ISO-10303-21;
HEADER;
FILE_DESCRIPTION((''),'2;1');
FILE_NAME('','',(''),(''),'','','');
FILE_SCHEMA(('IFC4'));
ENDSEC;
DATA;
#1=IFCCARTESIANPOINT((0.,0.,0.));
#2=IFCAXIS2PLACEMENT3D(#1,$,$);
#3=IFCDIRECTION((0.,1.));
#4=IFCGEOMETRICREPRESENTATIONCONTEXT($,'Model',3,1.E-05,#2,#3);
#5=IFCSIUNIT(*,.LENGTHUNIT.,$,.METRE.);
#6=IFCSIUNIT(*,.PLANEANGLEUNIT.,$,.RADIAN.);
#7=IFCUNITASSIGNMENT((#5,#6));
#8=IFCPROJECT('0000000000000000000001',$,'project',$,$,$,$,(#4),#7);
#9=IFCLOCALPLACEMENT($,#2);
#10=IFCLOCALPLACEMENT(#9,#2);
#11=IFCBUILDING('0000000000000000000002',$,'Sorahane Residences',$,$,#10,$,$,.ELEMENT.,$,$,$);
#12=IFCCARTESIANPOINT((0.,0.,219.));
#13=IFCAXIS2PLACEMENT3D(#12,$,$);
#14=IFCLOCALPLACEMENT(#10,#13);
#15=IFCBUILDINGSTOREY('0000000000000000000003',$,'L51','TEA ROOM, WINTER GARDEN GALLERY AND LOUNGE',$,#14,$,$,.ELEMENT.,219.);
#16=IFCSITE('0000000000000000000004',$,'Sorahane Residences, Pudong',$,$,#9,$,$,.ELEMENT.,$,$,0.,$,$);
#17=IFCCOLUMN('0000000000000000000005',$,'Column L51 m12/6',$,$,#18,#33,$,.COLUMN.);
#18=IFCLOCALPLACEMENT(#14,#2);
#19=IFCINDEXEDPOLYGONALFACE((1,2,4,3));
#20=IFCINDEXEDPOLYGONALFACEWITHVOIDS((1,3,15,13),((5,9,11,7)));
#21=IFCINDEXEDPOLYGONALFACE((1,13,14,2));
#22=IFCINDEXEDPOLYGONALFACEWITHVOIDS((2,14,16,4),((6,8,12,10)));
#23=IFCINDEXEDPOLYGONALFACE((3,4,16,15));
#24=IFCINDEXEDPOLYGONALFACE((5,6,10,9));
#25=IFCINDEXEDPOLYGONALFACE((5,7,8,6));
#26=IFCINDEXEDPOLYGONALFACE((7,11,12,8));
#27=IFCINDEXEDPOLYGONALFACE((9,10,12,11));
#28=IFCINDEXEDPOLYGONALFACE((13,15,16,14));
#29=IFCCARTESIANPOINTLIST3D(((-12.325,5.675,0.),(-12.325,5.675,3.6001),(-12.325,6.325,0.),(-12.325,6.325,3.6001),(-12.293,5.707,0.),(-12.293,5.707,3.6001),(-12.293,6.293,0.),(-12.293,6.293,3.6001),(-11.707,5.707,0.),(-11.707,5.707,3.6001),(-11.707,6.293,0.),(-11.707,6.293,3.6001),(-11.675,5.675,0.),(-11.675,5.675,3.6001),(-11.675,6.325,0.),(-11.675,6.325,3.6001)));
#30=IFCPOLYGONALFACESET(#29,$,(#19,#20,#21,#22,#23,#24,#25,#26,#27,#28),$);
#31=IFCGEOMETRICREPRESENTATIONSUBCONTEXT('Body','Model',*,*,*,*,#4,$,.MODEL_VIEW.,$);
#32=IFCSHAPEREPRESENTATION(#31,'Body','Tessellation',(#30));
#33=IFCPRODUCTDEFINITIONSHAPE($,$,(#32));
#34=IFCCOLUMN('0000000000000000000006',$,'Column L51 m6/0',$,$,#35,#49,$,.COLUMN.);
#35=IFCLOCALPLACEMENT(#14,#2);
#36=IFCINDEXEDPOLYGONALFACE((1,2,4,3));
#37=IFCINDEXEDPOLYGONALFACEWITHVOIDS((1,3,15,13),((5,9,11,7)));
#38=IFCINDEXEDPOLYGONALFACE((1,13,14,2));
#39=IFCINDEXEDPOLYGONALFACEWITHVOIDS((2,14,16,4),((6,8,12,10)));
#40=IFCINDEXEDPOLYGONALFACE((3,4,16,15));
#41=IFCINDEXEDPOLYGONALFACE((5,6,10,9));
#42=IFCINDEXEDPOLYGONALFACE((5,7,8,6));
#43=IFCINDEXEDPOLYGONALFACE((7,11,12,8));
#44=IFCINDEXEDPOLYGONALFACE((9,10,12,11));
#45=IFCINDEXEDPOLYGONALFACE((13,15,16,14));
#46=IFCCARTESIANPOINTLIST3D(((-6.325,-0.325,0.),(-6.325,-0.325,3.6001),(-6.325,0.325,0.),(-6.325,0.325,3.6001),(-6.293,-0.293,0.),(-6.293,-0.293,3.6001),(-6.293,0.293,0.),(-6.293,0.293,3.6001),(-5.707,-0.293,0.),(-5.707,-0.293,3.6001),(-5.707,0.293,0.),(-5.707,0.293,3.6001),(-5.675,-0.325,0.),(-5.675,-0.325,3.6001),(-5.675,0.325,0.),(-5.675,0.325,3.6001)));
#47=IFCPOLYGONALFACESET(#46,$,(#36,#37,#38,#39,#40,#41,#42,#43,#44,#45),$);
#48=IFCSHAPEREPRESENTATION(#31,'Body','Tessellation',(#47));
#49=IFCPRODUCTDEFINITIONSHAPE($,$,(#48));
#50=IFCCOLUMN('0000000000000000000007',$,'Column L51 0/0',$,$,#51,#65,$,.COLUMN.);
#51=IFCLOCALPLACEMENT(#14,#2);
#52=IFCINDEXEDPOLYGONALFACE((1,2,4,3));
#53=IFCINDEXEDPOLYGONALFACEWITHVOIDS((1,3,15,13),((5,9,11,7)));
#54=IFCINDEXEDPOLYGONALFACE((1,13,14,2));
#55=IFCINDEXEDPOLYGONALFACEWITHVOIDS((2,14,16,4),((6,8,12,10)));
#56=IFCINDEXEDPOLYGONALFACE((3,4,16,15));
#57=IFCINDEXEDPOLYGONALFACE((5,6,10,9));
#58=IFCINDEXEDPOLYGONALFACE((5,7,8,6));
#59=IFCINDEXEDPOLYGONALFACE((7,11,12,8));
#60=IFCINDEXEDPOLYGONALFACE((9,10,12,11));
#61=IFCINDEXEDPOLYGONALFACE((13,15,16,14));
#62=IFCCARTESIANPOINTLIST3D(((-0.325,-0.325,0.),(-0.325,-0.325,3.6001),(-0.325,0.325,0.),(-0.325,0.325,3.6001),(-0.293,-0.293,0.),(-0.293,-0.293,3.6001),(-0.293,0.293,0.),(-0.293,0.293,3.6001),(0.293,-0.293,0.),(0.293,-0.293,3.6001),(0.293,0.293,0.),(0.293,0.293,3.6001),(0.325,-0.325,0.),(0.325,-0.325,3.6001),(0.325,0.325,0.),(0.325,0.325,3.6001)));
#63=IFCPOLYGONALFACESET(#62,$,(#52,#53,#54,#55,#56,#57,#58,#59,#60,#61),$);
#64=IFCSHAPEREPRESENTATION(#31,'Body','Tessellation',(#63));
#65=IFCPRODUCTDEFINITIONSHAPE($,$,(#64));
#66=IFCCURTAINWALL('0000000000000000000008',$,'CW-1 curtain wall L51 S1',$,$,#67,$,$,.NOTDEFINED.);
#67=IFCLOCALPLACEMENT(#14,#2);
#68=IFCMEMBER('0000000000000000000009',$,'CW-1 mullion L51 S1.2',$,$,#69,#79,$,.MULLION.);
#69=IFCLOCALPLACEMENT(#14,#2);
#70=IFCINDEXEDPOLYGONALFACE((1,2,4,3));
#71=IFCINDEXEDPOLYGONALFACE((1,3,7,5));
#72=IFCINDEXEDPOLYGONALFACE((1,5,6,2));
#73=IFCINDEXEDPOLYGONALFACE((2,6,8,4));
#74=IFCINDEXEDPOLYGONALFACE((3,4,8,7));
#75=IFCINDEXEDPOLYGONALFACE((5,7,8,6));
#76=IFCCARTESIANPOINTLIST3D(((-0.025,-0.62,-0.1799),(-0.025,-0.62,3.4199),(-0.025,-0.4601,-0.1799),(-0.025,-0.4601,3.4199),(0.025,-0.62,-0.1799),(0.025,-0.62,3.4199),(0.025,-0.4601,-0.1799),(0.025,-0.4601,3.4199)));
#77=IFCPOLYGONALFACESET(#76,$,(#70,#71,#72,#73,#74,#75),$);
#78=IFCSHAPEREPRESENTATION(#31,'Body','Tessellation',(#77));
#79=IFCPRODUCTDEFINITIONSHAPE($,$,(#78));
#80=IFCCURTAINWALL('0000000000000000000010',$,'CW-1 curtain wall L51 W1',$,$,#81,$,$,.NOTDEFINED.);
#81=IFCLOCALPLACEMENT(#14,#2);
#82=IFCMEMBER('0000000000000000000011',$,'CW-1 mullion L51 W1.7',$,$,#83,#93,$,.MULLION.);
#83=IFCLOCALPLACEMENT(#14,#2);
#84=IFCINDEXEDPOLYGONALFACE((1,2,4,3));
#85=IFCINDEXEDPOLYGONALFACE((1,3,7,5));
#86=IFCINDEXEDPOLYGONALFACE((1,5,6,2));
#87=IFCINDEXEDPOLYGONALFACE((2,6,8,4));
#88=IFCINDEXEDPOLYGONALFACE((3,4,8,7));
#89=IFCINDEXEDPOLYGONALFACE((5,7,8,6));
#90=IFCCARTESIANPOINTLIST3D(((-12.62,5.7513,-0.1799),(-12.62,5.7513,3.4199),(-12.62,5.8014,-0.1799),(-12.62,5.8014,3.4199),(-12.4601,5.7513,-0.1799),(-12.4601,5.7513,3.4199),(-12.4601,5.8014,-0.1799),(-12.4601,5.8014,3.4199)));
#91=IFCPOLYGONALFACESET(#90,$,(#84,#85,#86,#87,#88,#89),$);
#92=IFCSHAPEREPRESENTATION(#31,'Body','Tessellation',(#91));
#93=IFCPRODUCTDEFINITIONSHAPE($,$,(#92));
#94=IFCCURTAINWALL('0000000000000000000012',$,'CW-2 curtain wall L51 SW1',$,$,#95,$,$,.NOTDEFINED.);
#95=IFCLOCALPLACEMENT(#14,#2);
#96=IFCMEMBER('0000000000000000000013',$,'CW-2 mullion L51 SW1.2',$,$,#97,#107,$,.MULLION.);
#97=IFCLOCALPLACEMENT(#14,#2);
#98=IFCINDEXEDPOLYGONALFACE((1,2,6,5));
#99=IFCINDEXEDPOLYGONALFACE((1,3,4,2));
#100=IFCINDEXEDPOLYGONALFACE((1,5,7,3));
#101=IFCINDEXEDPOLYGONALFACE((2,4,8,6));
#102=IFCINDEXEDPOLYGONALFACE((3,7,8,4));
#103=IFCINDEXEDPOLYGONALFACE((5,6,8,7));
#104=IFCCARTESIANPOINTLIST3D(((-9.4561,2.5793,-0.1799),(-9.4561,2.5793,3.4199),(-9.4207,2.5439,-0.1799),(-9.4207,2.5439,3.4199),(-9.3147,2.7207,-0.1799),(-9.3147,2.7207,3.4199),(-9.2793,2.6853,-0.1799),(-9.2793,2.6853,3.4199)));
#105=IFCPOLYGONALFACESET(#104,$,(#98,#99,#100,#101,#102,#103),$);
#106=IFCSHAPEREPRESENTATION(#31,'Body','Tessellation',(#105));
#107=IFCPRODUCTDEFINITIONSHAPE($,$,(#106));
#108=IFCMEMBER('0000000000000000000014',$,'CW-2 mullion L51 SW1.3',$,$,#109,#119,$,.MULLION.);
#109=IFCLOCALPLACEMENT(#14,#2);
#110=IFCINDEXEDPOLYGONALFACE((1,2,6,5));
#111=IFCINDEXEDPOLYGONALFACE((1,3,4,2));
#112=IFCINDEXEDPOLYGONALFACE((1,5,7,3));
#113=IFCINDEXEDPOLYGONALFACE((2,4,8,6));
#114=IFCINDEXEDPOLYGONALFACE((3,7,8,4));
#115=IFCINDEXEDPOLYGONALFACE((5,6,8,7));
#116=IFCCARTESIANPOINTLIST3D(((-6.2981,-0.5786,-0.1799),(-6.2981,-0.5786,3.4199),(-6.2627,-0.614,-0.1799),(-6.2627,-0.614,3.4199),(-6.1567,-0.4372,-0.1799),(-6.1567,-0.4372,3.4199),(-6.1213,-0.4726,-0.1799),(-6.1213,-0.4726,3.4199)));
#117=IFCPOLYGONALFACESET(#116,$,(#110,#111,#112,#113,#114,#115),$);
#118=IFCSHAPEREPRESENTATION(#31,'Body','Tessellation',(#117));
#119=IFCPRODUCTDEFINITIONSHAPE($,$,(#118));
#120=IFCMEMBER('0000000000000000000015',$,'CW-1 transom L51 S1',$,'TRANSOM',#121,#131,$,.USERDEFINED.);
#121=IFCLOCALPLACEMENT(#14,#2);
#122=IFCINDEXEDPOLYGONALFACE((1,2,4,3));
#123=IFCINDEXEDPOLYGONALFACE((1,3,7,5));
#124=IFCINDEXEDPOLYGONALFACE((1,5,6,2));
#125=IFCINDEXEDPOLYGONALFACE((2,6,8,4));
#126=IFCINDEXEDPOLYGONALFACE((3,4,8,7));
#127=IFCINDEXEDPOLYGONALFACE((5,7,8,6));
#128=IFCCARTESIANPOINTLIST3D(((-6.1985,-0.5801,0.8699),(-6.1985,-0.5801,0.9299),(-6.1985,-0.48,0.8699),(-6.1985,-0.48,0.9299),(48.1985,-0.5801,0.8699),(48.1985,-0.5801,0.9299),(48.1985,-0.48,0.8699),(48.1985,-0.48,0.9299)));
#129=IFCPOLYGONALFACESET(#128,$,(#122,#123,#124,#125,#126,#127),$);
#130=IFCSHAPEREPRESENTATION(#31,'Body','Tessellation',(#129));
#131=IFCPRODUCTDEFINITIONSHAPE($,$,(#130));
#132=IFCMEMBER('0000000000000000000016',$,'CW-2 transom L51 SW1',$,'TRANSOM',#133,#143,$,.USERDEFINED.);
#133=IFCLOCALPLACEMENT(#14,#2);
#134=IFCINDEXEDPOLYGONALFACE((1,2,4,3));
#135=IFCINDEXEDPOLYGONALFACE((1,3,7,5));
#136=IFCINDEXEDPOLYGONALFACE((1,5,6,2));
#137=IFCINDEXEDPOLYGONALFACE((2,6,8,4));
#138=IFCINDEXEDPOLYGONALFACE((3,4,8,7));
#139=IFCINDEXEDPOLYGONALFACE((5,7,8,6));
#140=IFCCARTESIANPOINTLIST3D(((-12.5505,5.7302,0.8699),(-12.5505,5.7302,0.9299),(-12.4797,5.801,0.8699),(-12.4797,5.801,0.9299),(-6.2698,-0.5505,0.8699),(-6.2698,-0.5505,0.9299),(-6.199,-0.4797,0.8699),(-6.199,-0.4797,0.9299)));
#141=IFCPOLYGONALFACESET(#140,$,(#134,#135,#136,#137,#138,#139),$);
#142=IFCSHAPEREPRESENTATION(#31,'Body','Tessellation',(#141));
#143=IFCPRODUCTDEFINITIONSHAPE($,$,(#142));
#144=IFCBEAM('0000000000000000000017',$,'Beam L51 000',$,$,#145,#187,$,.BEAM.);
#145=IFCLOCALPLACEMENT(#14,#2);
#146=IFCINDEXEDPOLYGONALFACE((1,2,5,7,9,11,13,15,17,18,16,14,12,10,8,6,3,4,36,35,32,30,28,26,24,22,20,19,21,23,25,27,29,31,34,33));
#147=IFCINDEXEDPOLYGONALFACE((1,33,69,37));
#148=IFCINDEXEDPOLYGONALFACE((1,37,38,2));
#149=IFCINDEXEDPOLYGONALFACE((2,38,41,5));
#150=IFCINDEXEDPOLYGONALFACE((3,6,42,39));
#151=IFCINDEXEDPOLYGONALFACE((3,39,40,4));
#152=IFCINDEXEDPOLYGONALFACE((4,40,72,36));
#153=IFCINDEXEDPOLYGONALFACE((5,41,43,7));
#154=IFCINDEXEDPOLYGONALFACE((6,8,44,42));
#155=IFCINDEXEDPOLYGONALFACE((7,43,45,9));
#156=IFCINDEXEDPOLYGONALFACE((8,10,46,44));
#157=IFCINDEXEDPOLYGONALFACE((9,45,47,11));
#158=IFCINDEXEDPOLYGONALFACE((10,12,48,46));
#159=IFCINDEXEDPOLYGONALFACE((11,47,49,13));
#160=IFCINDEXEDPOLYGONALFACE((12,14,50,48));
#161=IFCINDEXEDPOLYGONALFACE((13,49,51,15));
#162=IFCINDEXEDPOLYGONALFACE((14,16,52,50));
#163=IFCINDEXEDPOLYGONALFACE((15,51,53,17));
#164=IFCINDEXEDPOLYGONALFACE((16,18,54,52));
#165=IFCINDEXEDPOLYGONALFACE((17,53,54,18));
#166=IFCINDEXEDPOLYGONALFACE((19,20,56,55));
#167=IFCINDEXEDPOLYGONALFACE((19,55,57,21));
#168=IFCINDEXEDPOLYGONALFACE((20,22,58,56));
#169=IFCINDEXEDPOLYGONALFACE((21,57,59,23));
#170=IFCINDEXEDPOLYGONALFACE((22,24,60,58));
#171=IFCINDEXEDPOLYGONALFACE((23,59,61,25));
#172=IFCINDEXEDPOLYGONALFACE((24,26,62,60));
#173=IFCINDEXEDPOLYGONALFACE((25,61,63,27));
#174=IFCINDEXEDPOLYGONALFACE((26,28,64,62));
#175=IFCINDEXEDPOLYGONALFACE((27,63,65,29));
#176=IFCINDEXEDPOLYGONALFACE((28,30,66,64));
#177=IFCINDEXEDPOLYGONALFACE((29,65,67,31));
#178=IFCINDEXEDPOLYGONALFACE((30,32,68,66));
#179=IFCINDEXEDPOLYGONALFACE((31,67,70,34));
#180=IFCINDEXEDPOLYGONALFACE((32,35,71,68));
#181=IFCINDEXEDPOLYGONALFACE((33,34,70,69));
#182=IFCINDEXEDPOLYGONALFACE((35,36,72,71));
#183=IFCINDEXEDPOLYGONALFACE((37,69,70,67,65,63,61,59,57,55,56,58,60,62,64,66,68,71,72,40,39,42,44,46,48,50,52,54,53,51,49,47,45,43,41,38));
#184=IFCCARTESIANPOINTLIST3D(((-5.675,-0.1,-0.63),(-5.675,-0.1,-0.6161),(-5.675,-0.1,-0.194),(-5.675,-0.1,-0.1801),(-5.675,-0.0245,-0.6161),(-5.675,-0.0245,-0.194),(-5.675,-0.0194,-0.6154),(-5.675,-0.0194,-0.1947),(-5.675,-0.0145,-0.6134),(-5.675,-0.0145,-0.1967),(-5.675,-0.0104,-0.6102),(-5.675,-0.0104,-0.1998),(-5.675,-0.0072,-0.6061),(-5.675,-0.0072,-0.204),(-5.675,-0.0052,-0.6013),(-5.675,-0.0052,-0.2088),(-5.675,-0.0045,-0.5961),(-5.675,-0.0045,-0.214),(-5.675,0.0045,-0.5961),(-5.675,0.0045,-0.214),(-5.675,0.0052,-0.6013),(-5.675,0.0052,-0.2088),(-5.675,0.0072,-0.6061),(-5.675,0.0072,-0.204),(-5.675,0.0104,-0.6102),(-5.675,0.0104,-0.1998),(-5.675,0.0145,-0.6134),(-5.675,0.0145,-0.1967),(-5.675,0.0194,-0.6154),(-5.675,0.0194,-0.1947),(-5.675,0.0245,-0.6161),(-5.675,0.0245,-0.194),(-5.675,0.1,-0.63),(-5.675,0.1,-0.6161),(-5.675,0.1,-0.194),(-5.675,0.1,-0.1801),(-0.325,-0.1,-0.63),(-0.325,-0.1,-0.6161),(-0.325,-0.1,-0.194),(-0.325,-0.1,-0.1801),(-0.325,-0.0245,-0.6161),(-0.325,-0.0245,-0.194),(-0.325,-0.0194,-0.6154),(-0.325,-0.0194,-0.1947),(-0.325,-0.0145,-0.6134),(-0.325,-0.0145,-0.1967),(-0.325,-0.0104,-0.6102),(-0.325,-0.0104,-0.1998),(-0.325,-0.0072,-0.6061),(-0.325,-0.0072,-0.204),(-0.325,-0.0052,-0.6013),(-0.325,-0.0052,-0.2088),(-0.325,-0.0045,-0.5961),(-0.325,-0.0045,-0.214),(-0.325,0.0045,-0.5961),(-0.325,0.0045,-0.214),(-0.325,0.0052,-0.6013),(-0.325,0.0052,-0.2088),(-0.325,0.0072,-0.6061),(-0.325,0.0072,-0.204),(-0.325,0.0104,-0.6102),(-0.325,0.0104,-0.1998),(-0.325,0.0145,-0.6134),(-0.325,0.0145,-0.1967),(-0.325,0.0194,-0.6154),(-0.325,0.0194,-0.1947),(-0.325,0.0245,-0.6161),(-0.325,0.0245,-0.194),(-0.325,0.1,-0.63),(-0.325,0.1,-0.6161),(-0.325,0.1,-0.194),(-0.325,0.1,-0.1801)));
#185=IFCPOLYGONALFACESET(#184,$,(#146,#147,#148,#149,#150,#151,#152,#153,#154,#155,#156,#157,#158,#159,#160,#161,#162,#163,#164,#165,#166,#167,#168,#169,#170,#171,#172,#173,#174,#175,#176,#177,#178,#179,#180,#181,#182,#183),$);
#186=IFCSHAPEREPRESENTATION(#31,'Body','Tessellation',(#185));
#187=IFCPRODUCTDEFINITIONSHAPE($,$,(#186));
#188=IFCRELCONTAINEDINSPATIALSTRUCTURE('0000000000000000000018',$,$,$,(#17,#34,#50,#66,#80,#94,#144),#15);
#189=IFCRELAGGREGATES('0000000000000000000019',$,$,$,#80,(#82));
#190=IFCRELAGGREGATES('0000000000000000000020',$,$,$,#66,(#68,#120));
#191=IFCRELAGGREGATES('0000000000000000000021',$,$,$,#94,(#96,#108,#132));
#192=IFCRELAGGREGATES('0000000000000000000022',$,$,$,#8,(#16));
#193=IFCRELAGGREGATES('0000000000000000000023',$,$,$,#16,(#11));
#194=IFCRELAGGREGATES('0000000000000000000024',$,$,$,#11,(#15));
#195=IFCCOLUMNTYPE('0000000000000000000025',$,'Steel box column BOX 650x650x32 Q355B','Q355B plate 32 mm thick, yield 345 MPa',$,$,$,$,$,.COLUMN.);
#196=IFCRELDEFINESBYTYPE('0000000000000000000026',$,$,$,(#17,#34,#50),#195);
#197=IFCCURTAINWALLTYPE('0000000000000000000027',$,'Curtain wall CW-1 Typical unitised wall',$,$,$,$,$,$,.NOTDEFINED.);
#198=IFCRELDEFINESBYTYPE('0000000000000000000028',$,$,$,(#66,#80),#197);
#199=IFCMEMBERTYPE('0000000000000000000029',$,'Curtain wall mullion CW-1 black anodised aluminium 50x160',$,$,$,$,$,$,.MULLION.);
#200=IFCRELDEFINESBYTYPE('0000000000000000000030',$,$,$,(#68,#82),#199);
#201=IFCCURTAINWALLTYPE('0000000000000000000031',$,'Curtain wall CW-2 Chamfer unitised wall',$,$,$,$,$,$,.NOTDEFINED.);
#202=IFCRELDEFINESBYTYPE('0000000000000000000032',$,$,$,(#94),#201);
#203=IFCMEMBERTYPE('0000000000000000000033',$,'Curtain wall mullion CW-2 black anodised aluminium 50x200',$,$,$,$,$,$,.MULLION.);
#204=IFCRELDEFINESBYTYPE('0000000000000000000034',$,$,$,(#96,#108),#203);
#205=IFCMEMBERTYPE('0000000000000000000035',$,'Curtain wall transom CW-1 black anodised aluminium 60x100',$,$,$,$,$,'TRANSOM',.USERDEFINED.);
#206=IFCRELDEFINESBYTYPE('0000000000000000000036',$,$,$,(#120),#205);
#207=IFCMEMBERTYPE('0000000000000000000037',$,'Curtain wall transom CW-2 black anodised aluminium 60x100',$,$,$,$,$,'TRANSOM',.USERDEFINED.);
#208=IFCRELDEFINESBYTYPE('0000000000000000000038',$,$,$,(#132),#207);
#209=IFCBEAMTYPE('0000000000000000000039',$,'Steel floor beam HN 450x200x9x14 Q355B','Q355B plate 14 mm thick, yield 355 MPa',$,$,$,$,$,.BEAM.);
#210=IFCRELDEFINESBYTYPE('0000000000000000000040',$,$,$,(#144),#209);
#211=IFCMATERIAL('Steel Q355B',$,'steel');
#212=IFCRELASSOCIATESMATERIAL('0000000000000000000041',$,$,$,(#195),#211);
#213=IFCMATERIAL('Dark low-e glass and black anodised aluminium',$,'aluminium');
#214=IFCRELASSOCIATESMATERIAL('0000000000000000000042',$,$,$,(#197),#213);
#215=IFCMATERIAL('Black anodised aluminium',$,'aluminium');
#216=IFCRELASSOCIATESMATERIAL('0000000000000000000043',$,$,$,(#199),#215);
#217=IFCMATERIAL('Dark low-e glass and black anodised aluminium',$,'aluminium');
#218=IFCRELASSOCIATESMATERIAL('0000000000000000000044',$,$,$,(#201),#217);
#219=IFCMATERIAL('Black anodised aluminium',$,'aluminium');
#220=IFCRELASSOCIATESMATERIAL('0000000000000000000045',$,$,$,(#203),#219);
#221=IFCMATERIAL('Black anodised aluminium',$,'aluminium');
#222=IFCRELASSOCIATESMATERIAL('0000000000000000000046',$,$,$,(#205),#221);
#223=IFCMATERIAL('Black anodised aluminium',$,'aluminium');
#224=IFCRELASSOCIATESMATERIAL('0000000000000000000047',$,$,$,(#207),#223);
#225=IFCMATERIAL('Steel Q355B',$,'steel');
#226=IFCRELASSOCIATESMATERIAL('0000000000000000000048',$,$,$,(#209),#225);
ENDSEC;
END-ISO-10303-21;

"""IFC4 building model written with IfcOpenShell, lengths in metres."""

from ifc_helpers import new_model, si_unit, direction, frame, origin, origin_2d, place, context, subcontext, project, spatial, rectangle, hollow_rectangle, i_section, extrude, material, material_profile, profile_set, type_object, element, aggregate, save


model = new_model("IFC4")

# Units and contexts
model_context = context("Model", 3, precision=1e-05, world=origin(), true_north=direction((0.0, 1.0)))
body_context = subcontext(model_context, "Body", "Model", "MODEL_VIEW")
ifc_project = project(units=[si_unit("LENGTHUNIT", "METRE"), si_unit("PLANEANGLEUNIT", "RADIAN")], contexts=[model_context])

# Site, building, storey
site_placement = place(None, origin())
site = spatial("IfcSite", under=ifc_project, at=site_placement, Name="Sorahane Residences, Pudong", CompositionType="ELEMENT", RefElevation=0.0)
building_placement = place(site_placement, origin())
building = spatial("IfcBuilding", under=site, at=building_placement, Name="Sorahane Residences", CompositionType="ELEMENT")
storey_placement = place(building_placement, frame((0.0, 0.0, 219.0)))
storey = spatial("IfcBuildingStorey", under=building, at=storey_placement, Name="L51", Description="TEA ROOM, WINTER GARDEN GALLERY AND LOUNGE", CompositionType="ELEMENT", Elevation=219.0)

# Columns
ifc_material_1 = material(Name="Steel Q355B", Category="steel")
ifc_material_profile_1 = material_profile(ifc_material_1, hollow_rectangle(XDim=0.6499, YDim=0.6499, WallThickness=0.032, at=origin_2d()), Name="BOX 650x650x32")
ifc_profile_set_1 = profile_set([ifc_material_profile_1], Name="Steel Q355B")
column_type = type_object("IfcColumnType", Name="Steel box column BOX 650x650x32 Q355B", Description="Q355B plate 32 mm thick, yield 345 MPa", PredefinedType="COLUMN", material=ifc_profile_set_1)
for number, where, z_axis, x_axis, name in (
    (1, (-12.0, 6.0, 0.0), (0.0, 0.0, 1.0), (1.0, 0.0, 0.0), "Column L51 m12/6"),
    (2, (-6.0, 0.0, 0.0), (0.0, 0.0, 1.0), (1.0, 0.0, 0.0), "Column L51 m6/0"),
    (3, (0.0, 0.0, 0.0), (0.0, 0.0, 1.0), (1.0, 0.0, 0.0), "Column L51 0/0"),
):
    element("IfcColumn", number, at=place(storey_placement, frame(where, z_axis=z_axis, x_axis=x_axis)), inside=storey, type_object=column_type, Name=name, PredefinedType="COLUMN", context=body_context, shape_type="SweptSolid", body=[
        extrude(hollow_rectangle(XDim=0.6499, YDim=0.6499, WallThickness=0.032, at=origin_2d()), origin(), (0.0, 0.0, 1.0), 3.6001),
    ])

# Curtain walls, members
ifc_material_2 = material(Name="Dark low-e glass and black anodised aluminium", Category="aluminium")
curtain_wall_type_1 = type_object("IfcCurtainWallType", Name="Curtain wall CW-1 Typical unitised wall", PredefinedType="NOTDEFINED", material=ifc_material_2)
curtain_wall_1_placement = place(storey_placement, origin())
curtain_wall_1 = element("IfcCurtainWall", 4, at=curtain_wall_1_placement, inside=storey, type_object=curtain_wall_type_1, Name="CW-1 curtain wall L51 S1", PredefinedType="NOTDEFINED")
ifc_material_3 = material(Name="Black anodised aluminium", Category="aluminium")
ifc_material_profile_2 = material_profile(ifc_material_3, rectangle(XDim=0.1599, YDim=0.05, at=origin_2d()), Name="Curtain wall mullion CW-1 black anodised aluminium 50x160")
ifc_profile_set_2 = profile_set([ifc_material_profile_2], Name="Black anodised aluminium")
member_type_1 = type_object("IfcMemberType", Name="Curtain wall mullion CW-1 black anodised aluminium 50x160", PredefinedType="MULLION", material=ifc_profile_set_2)
member_1_placement = place(storey_placement, frame((0.0, -0.54, -0.1799), z_axis=(0.0, 0.0, 1.0), x_axis=(0.0, -1.0, 0.0)))
member_1 = element("IfcMember", 5, at=member_1_placement, type_object=member_type_1, Name="CW-1 mullion L51 S1.2", PredefinedType="MULLION", context=body_context, shape_type="SweptSolid", body=[
    extrude(rectangle(XDim=0.1599, YDim=0.05, at=origin_2d()), origin(), (0.0, 0.0, 1.0), 3.5999),
])
curtain_wall_2_placement = place(storey_placement, origin())
curtain_wall_2 = element("IfcCurtainWall", 6, at=curtain_wall_2_placement, inside=storey, type_object=curtain_wall_type_1, Name="CW-1 curtain wall L51 W1", PredefinedType="NOTDEFINED")
member_2_placement = place(storey_placement, frame((-12.54, 5.7764, -0.1799), z_axis=(0.0, 0.0, 1.0), x_axis=(-1.0, 0.0, 0.0)))
member_2 = element("IfcMember", 7, at=member_2_placement, type_object=member_type_1, Name="CW-1 mullion L51 W1.7", PredefinedType="MULLION", context=body_context, shape_type="SweptSolid", body=[
    extrude(rectangle(XDim=0.1599, YDim=0.05, at=origin_2d()), origin(), (0.0, 0.0, 1.0), 3.5999),
])
aggregate(curtain_wall_2, [member_2])

# Curtain wall, members
ifc_material_4 = material(Name="Dark low-e glass and black anodised aluminium", Category="aluminium")
curtain_wall_type_2 = type_object("IfcCurtainWallType", Name="Curtain wall CW-2 Chamfer unitised wall", PredefinedType="NOTDEFINED", material=ifc_material_4)
curtain_wall_3_placement = place(storey_placement, origin())
curtain_wall_3 = element("IfcCurtainWall", 8, at=curtain_wall_3_placement, inside=storey, type_object=curtain_wall_type_2, Name="CW-2 curtain wall L51 SW1", PredefinedType="NOTDEFINED")
ifc_material_5 = material(Name="Black anodised aluminium", Category="aluminium")
ifc_material_profile_3 = material_profile(ifc_material_5, rectangle(XDim=0.2, YDim=0.05, at=origin_2d()), Name="Curtain wall mullion CW-2 black anodised aluminium 50x200")
ifc_profile_set_3 = profile_set([ifc_material_profile_3], Name="Black anodised aluminium")
member_type_2 = type_object("IfcMemberType", Name="Curtain wall mullion CW-2 black anodised aluminium 50x200", PredefinedType="MULLION", material=ifc_profile_set_3)
member_3_placement = place(storey_placement, frame((-9.3677, 2.6323, -0.1799), z_axis=(0.0, 0.0, 1.0), x_axis=(-0.707107, -0.707107, 0.0)))
member_3 = element("IfcMember", 9, at=member_3_placement, type_object=member_type_2, Name="CW-2 mullion L51 SW1.2", PredefinedType="MULLION", context=body_context, shape_type="SweptSolid", body=[
    extrude(rectangle(XDim=0.2, YDim=0.05, at=origin_2d()), origin(), (0.0, 0.0, 1.0), 3.5999),
])
member_4_placement = place(storey_placement, frame((-6.2097, -0.5256, -0.1799), z_axis=(0.0, 0.0, 1.0), x_axis=(-0.707107, -0.707107, 0.0)))
member_4 = element("IfcMember", 10, at=member_4_placement, type_object=member_type_2, Name="CW-2 mullion L51 SW1.3", PredefinedType="MULLION", context=body_context, shape_type="SweptSolid", body=[
    extrude(rectangle(XDim=0.2, YDim=0.05, at=origin_2d()), origin(), (0.0, 0.0, 1.0), 3.5999),
])

# Members
ifc_material_6 = material(Name="Black anodised aluminium", Category="aluminium")
ifc_material_profile_4 = material_profile(ifc_material_6, rectangle(XDim=0.1001, YDim=0.0601, at=origin_2d()), Name="Curtain wall transom CW-1 black anodised aluminium 60x100")
ifc_profile_set_4 = profile_set([ifc_material_profile_4], Name="Black anodised aluminium")
member_type_3 = type_object("IfcMemberType", Name="Curtain wall transom CW-1 black anodised aluminium 60x100", ElementType="TRANSOM", PredefinedType="USERDEFINED", material=ifc_profile_set_4)
member_5_placement = place(storey_placement, frame((-6.1985, -0.53, 0.8999), z_axis=(1.0, 0.0, 0.0), x_axis=(0.0, 1.0, 0.0)))
member_5 = element("IfcMember", 11, at=member_5_placement, type_object=member_type_3, Name="CW-1 transom L51 S1", ObjectType="TRANSOM", PredefinedType="USERDEFINED", context=body_context, shape_type="SweptSolid", body=[
    extrude(rectangle(XDim=0.1001, YDim=0.0601, at=origin_2d()), origin(), (0.0, 0.0, 1.0), 54.397),
])
ifc_material_7 = material(Name="Black anodised aluminium", Category="aluminium")
ifc_material_profile_5 = material_profile(ifc_material_7, rectangle(XDim=0.1001, YDim=0.0601, at=origin_2d()), Name="Curtain wall transom CW-2 black anodised aluminium 60x100")
ifc_profile_set_5 = profile_set([ifc_material_profile_5], Name="Black anodised aluminium")
member_type_4 = type_object("IfcMemberType", Name="Curtain wall transom CW-2 black anodised aluminium 60x100", ElementType="TRANSOM", PredefinedType="USERDEFINED", material=ifc_profile_set_5)
member_6_placement = place(storey_placement, frame((-12.5151, 5.7656, 0.8999), z_axis=(0.707107, -0.707107, 0.0), x_axis=(0.707107, 0.707107, 0.0)))
member_6 = element("IfcMember", 12, at=member_6_placement, type_object=member_type_4, Name="CW-2 transom L51 SW1", ObjectType="TRANSOM", PredefinedType="USERDEFINED", context=body_context, shape_type="SweptSolid", body=[
    extrude(rectangle(XDim=0.1001, YDim=0.0601, at=origin_2d()), origin(), (0.0, 0.0, 1.0), 8.8823),
])

# Beam
ifc_material_8 = material(Name="Steel Q355B", Category="steel")
ifc_material_profile_6 = material_profile(ifc_material_8, i_section(OverallWidth=0.2, OverallDepth=0.45, WebThickness=0.009, FlangeThickness=0.0139, FilletRadius=0.02, at=origin_2d()), Name="HN 450x200x9x14")
ifc_profile_set_6 = profile_set([ifc_material_profile_6], Name="Steel Q355B")
beam_type_1 = type_object("IfcBeamType", Name="Steel floor beam HN 450x200x9x14 Q355B", Description="Q355B plate 14 mm thick, yield 355 MPa", PredefinedType="BEAM", material=ifc_profile_set_6)
for number, where, z_axis, x_axis, name in (
    (13, (-5.675, 0.0, -0.405), (1.0, 0.0, 0.0), (0.0, 1.0, 0.0), "Beam L51 000"),
):
    element("IfcBeam", number, at=place(storey_placement, frame(where, z_axis=z_axis, x_axis=x_axis)), inside=storey, type_object=beam_type_1, Name=name, PredefinedType="BEAM", context=body_context, shape_type="SweptSolid", body=[
        extrude(i_section(OverallWidth=0.2, OverallDepth=0.45, WebThickness=0.009, FlangeThickness=0.0139, FilletRadius=0.02, at=origin_2d()), origin(), (0.0, 0.0, 1.0), 5.3501),
    ])

aggregate(curtain_wall_1, [member_1, member_5])
aggregate(curtain_wall_3, [member_3, member_4, member_6])

save(model, "model.ifc")
